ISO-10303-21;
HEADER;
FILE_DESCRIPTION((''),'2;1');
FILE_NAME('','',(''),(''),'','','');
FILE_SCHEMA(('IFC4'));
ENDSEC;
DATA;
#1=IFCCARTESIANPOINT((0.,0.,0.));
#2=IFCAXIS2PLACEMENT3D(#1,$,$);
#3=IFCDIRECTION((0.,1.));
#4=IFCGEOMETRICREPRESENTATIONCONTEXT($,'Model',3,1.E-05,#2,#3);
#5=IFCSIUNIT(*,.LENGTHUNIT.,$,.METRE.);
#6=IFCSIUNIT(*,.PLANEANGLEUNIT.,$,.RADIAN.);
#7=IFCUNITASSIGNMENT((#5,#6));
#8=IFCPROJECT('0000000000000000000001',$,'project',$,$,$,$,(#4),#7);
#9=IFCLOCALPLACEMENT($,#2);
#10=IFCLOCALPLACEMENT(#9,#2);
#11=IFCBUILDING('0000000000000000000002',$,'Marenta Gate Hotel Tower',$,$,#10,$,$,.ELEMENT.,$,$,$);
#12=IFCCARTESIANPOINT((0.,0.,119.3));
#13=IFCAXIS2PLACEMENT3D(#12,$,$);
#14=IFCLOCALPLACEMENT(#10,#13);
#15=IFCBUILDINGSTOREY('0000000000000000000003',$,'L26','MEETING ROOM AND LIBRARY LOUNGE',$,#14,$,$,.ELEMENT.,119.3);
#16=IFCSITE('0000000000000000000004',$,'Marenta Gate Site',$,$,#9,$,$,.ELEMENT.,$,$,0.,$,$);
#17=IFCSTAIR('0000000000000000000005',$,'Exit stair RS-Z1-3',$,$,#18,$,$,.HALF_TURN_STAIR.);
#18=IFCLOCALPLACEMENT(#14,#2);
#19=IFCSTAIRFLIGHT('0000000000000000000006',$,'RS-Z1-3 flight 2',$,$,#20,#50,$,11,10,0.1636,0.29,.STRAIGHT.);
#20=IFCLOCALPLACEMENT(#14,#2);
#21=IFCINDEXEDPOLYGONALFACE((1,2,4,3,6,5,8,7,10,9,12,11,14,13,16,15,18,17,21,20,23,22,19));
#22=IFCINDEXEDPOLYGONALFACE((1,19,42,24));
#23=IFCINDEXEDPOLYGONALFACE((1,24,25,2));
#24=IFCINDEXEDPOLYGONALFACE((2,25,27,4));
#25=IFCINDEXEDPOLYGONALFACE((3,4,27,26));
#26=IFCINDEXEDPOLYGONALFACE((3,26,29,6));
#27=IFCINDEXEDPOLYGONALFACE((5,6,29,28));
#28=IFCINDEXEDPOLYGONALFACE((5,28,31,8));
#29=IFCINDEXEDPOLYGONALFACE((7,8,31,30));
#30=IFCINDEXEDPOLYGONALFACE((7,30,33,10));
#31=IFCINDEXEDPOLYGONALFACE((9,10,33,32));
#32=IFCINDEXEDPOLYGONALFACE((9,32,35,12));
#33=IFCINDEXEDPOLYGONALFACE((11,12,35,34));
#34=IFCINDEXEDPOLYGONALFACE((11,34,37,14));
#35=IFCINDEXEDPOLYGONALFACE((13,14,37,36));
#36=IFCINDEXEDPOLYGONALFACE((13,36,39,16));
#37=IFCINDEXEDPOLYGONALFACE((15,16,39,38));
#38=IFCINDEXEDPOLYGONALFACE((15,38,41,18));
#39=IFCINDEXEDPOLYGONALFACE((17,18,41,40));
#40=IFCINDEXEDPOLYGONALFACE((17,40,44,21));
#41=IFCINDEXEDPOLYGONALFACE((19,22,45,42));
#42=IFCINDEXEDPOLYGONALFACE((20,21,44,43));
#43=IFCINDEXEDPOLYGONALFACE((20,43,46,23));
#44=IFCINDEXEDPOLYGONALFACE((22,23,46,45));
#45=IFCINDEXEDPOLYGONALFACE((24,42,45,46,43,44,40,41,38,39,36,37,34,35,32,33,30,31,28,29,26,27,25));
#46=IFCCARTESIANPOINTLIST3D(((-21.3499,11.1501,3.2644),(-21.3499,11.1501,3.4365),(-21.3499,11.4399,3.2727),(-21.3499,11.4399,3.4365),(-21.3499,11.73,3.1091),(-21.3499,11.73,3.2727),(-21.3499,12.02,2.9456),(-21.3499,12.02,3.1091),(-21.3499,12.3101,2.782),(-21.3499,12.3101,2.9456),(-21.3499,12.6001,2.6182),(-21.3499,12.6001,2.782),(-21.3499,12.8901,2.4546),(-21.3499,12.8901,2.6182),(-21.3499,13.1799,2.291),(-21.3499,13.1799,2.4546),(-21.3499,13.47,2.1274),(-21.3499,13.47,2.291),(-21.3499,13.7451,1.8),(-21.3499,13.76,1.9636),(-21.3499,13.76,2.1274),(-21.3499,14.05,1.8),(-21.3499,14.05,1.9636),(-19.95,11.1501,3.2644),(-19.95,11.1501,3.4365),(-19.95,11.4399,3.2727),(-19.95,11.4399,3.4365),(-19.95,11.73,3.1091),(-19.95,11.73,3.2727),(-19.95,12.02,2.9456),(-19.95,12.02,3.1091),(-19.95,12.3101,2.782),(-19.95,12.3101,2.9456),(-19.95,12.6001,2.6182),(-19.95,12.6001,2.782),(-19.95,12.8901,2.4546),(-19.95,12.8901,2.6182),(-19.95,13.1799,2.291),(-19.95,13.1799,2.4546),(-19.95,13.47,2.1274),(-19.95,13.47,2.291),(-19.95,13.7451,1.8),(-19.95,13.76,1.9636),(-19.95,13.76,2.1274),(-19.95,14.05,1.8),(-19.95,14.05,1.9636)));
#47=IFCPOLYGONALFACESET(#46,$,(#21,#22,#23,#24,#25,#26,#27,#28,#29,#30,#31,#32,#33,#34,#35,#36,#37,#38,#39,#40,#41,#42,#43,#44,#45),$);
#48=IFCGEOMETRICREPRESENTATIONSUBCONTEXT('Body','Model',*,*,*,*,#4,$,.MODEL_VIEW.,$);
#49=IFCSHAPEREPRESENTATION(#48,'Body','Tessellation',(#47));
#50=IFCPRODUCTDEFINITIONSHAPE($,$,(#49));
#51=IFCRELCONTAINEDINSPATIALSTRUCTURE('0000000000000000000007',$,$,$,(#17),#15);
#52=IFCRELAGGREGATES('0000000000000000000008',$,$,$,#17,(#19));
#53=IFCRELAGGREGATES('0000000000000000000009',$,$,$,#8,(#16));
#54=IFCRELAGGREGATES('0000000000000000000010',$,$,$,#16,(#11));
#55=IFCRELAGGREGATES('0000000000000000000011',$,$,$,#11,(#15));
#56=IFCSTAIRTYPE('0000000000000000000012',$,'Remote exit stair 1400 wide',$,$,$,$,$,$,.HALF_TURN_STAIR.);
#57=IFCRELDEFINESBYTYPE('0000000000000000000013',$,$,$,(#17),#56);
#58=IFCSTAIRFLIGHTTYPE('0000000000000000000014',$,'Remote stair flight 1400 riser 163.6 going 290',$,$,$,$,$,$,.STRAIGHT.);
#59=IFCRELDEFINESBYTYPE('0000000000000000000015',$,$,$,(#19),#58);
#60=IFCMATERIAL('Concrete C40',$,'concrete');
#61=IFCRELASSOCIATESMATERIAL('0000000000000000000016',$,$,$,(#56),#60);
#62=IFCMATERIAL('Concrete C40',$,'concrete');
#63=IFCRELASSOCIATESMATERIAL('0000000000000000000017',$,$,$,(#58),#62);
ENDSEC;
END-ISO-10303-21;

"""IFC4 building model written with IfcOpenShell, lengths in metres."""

from ifc_helpers import new_model, si_unit, direction, frame, origin, place, context, subcontext, project, spatial, polyline, outline, extrude, material, type_object, element, aggregate, save


model = new_model("IFC4")

# Units and contexts
model_context = context("Model", 3, precision=1e-05, world=origin(), true_north=direction((0.0, 1.0)))
body_context = subcontext(model_context, "Body", "Model", "MODEL_VIEW")
ifc_project = project(units=[si_unit("LENGTHUNIT", "METRE"), si_unit("PLANEANGLEUNIT", "RADIAN")], contexts=[model_context])

# Site, building, storey
site_placement = place(None, origin())
site = spatial("IfcSite", under=ifc_project, at=site_placement, Name="Marenta Gate Site", CompositionType="ELEMENT", RefElevation=0.0)
building_placement = place(site_placement, origin())
building = spatial("IfcBuilding", under=site, at=building_placement, Name="Marenta Gate Hotel Tower", CompositionType="ELEMENT")
storey_placement = place(building_placement, frame((0.0, 0.0, 119.3)))
storey = spatial("IfcBuildingStorey", under=building, at=storey_placement, Name="L26", Description="MEETING ROOM AND LIBRARY LOUNGE", CompositionType="ELEMENT", Elevation=119.3)

# Stair, stair flight
ifc_material_1 = material(Name="Concrete C40", Category="concrete")
stair_type = type_object("IfcStairType", Name="Remote exit stair 1400 wide", PredefinedType="HALF_TURN_STAIR", material=ifc_material_1)
stair_placement = place(storey_placement, origin())
stair = element("IfcStair", 1, at=stair_placement, inside=storey, type_object=stair_type, Name="Exit stair RS-Z1-3", PredefinedType="HALF_TURN_STAIR")
ifc_material_2 = material(Name="Concrete C40", Category="concrete")
stair_flight_type = type_object("IfcStairFlightType", Name="Remote stair flight 1400 riser 163.6 going 290", PredefinedType="STRAIGHT", material=ifc_material_2)
stair_flight_1_placement = place(storey_placement, frame((-20.6499, 14.05, 1.8), z_axis=(0.0, 0.0, 1.0), x_axis=(0.0, -1.0, 0.0)))
stair_flight_1 = element("IfcStairFlight", 2, at=stair_flight_1_placement, type_object=stair_flight_type, Name="RS-Z1-3 flight 2", NumberOfRisers=11, NumberOfTreads=10, PredefinedType="STRAIGHT", RiserHeight=0.1636, TreadLength=0.29, context=body_context, shape_type="SweptSolid", body=[
    extrude(outline(polyline([(0.0, 0.0), (0.0, 0.1636), (0.29, 0.1636), (0.29, 0.3274), (0.5801, 0.3274), (0.5801, 0.491), (0.8701, 0.491), (0.8701, 0.6545), (1.1599, 0.6545), (1.1599, 0.8181), (1.45, 0.8181), (1.45, 0.9819), (1.74, 0.9819), (1.74, 1.1455), (2.03, 1.1455), (2.03, 1.3091), (2.3201, 1.3091), (2.3201, 1.4727), (2.6101, 1.4727), (2.6101, 1.6365), (2.8999, 1.6365), (2.8999, 1.8), (2.8999, 1.4644), (0.3049, 0.0), (0.0, 0.0)])), frame((0.0, 0.7, 0.0), z_axis=(0.0, -1.0, 0.0), x_axis=(1.0, 0.0, 0.0)), (0.0, 0.0, 1.0), 1.3999),
])
aggregate(stair, [stair_flight_1])

save(model, "model.ifc")
